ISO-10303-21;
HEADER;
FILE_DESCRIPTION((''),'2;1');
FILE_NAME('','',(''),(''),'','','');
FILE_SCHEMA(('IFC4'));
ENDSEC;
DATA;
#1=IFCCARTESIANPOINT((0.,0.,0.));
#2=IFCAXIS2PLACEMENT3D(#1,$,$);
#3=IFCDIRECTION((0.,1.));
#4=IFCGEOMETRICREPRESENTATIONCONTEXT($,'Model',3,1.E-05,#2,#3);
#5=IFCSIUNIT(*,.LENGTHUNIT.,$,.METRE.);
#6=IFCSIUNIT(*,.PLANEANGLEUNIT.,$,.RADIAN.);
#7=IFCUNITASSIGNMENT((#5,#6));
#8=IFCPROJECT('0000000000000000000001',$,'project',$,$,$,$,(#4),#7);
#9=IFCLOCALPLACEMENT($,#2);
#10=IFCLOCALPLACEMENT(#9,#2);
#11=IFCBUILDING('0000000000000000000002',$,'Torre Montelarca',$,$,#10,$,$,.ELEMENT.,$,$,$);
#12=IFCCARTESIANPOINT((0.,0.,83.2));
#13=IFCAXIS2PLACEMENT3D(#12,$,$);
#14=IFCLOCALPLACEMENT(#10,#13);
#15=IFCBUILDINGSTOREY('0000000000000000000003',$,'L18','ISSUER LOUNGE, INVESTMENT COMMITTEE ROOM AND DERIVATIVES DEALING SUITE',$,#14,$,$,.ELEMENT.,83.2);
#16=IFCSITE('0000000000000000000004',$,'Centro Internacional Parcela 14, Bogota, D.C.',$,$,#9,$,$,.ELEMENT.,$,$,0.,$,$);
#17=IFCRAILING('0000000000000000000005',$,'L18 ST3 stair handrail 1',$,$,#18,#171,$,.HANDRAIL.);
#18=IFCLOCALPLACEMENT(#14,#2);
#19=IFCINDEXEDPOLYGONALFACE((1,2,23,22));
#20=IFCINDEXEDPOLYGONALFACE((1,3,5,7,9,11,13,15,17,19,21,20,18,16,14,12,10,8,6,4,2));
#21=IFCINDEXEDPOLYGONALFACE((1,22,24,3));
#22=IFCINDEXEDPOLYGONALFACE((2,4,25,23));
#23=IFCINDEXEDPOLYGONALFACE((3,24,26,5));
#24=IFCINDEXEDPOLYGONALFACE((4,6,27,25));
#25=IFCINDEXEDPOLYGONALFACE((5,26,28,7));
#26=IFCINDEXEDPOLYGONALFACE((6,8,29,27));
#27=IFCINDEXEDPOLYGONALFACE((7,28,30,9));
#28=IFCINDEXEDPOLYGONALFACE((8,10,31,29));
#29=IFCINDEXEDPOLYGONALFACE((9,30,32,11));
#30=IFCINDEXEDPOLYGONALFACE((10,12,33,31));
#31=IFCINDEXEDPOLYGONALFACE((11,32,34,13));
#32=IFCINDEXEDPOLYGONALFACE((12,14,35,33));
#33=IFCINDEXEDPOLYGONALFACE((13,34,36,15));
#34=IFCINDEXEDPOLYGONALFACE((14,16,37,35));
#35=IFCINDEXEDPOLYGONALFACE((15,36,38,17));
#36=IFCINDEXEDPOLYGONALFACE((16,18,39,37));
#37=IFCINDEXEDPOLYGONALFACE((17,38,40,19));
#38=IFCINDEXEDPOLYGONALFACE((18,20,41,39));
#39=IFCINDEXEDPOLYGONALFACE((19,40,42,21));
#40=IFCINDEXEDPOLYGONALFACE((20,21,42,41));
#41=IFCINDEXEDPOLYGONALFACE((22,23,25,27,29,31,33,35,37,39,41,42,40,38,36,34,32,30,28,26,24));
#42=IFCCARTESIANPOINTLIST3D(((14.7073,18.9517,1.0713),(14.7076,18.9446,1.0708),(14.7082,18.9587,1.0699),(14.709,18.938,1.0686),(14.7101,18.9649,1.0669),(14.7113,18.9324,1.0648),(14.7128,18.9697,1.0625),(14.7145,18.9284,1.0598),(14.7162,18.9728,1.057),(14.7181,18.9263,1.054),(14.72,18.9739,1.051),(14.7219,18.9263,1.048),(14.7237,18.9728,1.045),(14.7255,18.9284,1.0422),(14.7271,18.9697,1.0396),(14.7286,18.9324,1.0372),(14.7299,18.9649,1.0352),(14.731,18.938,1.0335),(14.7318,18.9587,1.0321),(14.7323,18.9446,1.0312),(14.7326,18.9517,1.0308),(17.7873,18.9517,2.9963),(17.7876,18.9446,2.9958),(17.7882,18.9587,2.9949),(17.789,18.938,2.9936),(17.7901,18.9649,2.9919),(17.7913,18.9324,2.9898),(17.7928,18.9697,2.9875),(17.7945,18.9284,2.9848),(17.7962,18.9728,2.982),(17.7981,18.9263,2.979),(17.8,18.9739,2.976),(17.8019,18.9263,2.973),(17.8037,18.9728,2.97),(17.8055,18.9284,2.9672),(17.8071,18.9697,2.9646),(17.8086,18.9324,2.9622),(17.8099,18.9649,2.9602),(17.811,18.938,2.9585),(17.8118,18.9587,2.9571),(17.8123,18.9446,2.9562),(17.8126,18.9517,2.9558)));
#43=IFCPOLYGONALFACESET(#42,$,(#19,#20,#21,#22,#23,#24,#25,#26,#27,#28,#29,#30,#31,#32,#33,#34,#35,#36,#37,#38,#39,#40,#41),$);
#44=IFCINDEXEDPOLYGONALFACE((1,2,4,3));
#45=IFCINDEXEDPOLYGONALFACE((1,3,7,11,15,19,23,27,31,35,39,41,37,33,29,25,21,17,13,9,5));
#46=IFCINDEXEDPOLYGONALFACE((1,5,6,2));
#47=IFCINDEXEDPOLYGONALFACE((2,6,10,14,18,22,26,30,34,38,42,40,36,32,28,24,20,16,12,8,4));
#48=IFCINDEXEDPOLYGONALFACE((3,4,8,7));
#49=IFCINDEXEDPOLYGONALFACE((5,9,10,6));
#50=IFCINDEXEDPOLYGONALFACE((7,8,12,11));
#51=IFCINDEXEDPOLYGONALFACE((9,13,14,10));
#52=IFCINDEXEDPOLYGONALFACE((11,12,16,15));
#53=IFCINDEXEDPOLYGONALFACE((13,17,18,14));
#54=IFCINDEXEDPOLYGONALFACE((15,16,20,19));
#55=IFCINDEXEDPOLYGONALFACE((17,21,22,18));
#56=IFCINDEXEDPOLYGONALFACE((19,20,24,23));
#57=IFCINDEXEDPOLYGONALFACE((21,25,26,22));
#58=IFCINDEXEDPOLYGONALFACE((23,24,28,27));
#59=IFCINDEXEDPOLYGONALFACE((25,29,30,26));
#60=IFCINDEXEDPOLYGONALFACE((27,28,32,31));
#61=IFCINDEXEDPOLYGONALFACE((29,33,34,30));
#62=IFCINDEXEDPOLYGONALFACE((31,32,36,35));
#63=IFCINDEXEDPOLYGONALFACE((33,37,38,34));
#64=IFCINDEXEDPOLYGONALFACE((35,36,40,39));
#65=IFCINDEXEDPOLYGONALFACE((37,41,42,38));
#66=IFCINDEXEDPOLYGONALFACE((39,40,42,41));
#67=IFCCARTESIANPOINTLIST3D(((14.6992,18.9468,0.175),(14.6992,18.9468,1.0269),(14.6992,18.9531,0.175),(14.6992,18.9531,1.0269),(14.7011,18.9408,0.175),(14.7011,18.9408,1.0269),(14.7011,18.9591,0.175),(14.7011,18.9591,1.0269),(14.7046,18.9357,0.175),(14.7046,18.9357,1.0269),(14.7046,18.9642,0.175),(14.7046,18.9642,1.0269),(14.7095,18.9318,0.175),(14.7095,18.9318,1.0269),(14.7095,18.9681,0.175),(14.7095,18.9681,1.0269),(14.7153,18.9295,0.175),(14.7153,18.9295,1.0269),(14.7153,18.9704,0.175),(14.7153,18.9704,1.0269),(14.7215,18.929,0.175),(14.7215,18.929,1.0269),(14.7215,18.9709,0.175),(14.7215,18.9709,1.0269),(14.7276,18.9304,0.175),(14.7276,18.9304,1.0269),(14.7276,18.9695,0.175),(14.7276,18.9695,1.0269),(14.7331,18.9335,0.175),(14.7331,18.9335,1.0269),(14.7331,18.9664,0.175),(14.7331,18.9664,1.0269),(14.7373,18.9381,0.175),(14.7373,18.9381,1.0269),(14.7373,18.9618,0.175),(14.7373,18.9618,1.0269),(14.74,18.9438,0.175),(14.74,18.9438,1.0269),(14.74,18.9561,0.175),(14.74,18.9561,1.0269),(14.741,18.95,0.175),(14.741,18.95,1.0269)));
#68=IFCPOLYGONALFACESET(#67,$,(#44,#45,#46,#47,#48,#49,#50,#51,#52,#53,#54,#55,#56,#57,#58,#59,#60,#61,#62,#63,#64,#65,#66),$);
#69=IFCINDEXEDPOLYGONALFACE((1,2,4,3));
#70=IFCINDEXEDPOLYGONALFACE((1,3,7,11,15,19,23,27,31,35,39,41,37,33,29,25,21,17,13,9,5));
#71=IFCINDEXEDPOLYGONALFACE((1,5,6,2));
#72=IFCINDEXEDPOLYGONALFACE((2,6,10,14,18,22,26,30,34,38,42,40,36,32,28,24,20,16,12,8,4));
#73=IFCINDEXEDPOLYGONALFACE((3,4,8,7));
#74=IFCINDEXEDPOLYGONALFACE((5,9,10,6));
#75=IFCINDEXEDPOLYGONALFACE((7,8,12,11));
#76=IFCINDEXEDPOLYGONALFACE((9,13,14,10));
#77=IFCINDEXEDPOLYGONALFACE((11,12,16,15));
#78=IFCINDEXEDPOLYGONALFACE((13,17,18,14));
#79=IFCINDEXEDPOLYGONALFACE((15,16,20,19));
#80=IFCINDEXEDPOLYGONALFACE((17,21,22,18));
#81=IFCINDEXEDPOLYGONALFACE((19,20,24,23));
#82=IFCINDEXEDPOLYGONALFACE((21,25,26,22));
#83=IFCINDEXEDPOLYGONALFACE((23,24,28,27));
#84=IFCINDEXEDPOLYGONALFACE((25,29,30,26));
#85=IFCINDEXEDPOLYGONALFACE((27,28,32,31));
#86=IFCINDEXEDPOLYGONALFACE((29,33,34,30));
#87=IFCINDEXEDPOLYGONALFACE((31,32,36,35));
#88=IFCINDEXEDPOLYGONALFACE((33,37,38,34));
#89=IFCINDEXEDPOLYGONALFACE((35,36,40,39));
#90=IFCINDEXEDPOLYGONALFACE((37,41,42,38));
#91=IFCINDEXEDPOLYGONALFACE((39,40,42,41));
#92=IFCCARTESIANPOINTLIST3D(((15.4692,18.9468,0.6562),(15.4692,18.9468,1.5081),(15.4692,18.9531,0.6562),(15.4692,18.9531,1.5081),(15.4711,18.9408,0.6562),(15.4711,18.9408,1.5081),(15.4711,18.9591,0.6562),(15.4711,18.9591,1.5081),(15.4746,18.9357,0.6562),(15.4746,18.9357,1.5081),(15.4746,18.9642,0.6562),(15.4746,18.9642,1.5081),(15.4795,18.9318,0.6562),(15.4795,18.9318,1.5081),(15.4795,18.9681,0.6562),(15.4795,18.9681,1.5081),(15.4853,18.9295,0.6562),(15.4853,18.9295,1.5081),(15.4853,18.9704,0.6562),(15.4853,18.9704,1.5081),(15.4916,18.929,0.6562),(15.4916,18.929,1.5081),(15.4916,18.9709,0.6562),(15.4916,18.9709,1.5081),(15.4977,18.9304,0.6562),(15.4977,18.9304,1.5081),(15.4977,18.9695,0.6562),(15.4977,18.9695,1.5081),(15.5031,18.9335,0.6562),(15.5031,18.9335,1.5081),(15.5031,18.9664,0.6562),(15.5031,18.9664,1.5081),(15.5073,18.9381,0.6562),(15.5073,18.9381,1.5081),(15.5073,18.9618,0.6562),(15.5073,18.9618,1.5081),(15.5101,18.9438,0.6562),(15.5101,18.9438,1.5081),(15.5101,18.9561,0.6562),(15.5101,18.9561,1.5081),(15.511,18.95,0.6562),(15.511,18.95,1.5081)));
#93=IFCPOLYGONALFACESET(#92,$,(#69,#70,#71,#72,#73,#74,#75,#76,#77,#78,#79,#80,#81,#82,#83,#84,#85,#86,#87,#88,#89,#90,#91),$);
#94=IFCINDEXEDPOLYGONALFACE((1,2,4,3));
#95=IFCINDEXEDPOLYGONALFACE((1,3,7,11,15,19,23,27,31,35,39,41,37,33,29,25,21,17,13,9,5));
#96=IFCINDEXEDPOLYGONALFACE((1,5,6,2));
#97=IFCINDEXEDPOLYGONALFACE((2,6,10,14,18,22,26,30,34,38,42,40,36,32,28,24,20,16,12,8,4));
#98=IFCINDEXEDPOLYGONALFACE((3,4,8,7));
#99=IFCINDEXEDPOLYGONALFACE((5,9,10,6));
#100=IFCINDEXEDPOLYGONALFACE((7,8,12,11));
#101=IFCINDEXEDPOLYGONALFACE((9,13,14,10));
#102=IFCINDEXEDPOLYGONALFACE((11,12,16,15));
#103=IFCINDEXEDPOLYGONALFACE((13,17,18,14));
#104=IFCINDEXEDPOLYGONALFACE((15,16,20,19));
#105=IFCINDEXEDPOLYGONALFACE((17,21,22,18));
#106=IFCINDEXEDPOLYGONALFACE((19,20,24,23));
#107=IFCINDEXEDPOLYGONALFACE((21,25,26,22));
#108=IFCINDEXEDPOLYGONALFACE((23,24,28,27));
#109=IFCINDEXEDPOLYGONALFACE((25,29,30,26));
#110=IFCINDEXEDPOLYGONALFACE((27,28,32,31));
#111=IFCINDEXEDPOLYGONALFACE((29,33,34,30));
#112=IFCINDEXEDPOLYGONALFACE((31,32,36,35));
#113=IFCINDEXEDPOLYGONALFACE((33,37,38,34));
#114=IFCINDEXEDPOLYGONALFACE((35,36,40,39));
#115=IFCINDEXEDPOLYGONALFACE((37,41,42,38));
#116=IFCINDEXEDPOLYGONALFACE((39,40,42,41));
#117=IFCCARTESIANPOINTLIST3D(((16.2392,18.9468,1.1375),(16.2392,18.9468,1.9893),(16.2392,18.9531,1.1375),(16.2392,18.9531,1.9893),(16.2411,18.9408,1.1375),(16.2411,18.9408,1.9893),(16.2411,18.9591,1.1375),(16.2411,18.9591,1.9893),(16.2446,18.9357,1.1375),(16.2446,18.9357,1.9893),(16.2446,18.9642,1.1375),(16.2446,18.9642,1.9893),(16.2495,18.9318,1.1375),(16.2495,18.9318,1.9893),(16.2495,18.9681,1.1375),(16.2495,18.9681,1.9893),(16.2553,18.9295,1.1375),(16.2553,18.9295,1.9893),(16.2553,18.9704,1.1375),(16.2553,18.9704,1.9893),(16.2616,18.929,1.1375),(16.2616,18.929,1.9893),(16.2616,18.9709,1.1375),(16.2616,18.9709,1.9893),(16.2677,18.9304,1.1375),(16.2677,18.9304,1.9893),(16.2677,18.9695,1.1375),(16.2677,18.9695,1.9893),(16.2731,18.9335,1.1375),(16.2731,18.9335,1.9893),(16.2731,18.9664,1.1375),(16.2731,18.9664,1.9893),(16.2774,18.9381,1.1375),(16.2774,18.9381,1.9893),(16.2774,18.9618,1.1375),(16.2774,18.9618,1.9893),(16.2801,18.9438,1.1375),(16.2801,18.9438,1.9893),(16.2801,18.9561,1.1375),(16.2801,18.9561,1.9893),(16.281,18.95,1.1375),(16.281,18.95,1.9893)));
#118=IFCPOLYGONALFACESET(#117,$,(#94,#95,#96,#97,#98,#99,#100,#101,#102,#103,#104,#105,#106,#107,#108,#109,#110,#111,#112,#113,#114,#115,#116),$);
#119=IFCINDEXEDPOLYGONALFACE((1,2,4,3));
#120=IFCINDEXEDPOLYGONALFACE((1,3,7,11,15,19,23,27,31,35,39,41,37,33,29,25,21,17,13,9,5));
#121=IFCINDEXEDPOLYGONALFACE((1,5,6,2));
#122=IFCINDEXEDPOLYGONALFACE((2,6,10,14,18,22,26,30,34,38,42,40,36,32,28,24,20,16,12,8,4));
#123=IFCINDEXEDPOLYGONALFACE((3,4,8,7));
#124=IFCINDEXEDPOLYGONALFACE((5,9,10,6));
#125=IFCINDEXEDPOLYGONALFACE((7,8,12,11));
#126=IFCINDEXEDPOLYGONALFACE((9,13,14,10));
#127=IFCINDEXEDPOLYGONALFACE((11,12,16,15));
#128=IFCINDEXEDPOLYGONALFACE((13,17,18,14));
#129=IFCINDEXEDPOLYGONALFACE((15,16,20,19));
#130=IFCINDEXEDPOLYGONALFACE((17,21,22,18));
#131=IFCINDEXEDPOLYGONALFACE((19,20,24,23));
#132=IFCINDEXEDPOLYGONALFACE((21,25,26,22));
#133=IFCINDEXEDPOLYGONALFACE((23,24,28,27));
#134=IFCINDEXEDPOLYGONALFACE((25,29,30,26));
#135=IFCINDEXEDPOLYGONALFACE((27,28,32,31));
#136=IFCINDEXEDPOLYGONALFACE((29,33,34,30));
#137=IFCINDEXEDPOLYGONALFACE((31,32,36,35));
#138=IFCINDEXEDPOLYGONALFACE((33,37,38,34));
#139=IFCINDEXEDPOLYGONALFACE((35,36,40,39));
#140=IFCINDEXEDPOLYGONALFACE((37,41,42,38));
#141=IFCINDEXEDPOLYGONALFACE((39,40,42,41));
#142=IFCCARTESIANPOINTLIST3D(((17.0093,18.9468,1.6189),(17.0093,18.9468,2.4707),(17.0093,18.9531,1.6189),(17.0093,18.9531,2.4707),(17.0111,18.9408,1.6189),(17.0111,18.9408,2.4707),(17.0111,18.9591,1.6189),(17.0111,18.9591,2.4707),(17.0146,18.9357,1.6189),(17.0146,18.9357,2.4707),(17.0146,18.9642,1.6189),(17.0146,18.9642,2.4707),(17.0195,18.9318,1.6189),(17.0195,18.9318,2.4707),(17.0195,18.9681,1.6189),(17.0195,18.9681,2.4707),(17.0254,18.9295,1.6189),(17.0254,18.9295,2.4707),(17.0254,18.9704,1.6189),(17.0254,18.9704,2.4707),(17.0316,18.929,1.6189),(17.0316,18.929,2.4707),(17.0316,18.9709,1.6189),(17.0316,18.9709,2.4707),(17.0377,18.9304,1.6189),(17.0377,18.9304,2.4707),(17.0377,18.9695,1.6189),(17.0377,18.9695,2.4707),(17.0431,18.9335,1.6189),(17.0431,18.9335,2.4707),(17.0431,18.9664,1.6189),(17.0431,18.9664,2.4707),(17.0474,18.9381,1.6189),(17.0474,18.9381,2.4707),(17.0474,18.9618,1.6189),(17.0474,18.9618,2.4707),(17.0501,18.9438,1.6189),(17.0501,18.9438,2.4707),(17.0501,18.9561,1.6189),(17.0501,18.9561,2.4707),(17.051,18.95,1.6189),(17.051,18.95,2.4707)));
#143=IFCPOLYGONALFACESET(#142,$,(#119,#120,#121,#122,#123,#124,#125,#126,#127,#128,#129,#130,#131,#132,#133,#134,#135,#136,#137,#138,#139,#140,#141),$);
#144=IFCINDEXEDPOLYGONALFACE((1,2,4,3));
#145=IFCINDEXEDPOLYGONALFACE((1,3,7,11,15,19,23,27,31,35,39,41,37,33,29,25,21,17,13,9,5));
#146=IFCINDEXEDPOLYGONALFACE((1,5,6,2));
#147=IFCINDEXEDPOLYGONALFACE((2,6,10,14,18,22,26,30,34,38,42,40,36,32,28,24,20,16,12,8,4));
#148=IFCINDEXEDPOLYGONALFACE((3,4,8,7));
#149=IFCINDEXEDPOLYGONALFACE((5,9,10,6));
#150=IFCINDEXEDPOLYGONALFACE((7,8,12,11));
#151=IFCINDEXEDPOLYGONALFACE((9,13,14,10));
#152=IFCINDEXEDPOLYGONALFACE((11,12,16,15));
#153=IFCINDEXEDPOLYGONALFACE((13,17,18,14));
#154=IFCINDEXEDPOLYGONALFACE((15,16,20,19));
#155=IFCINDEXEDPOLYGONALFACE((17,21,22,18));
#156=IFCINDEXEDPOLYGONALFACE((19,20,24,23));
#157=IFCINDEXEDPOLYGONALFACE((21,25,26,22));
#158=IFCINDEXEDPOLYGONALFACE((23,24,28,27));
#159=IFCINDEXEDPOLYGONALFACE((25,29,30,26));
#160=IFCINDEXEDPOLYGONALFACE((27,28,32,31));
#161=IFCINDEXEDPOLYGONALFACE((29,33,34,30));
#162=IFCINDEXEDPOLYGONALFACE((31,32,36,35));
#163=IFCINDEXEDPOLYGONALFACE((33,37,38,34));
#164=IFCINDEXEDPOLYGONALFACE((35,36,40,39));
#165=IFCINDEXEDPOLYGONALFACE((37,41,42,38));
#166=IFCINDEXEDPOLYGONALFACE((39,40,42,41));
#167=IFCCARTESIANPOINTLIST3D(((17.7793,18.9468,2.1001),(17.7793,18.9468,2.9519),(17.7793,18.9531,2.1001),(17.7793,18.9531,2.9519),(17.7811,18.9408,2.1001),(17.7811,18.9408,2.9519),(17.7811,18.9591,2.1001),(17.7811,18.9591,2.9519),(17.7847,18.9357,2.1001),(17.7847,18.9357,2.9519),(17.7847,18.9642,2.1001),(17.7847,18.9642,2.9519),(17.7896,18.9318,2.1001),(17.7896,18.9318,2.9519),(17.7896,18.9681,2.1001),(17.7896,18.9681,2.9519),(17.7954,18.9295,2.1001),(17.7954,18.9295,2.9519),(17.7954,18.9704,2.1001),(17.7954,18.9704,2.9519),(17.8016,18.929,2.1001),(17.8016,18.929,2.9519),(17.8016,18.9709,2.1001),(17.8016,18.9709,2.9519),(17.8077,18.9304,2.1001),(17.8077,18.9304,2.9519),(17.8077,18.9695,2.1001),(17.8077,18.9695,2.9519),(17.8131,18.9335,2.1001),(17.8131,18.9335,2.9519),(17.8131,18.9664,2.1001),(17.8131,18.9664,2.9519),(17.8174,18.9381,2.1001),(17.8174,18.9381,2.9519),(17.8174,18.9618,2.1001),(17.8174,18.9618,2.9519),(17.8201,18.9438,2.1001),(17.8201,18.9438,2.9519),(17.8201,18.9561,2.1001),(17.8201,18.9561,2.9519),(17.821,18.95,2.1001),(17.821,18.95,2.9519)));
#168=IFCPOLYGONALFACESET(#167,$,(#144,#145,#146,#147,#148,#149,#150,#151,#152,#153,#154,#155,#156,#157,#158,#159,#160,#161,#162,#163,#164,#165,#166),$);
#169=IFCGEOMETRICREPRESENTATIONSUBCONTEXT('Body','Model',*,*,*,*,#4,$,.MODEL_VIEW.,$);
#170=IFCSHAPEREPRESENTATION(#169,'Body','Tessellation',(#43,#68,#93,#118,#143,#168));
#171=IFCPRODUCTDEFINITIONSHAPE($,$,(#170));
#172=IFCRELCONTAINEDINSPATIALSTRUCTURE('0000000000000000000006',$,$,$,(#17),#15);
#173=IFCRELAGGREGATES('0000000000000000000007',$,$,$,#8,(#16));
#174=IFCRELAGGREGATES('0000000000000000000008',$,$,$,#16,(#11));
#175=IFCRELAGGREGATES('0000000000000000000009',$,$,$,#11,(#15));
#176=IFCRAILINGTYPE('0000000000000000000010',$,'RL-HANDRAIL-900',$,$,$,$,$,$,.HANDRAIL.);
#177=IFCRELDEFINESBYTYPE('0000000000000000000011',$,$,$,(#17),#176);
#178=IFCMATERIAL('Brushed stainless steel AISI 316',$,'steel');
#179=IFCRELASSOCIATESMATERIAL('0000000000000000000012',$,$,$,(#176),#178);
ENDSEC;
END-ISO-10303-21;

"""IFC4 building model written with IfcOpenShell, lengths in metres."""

from ifc_helpers import new_model, si_unit, direction, frame, origin, origin_2d, place, context, subcontext, project, spatial, circle, extrude, material, type_object, element, save


model = new_model("IFC4")

# Units and contexts
model_context = context("Model", 3, precision=1e-05, world=origin(), true_north=direction((0.0, 1.0)))
body_context = subcontext(model_context, "Body", "Model", "MODEL_VIEW")
ifc_project = project(units=[si_unit("LENGTHUNIT", "METRE"), si_unit("PLANEANGLEUNIT", "RADIAN")], contexts=[model_context])

# Site, building, storey
site_placement = place(None, origin())
site = spatial("IfcSite", under=ifc_project, at=site_placement, Name="Centro Internacional Parcela 14, Bogota, D.C.", CompositionType="ELEMENT", RefElevation=0.0)
building_placement = place(site_placement, origin())
building = spatial("IfcBuilding", under=site, at=building_placement, Name="Torre Montelarca", CompositionType="ELEMENT")
storey_placement = place(building_placement, frame((0.0, 0.0, 83.2)))
storey = spatial("IfcBuildingStorey", under=building, at=storey_placement, Name="L18", Description="ISSUER LOUNGE, INVESTMENT COMMITTEE ROOM AND DERIVATIVES DEALING SUITE", CompositionType="ELEMENT", Elevation=83.2)

# Railing
ifc_material_1 = material(Name="Brushed stainless steel AISI 316", Category="steel")
railing_type_1 = type_object("IfcRailingType", Name="RL-HANDRAIL-900", PredefinedType="HANDRAIL", material=ifc_material_1)
railing_1_placement = place(storey_placement, frame((14.72, 18.95, 0.175)))
element("IfcRailing", 1, at=railing_1_placement, inside=storey, type_object=railing_type_1, Name="L18 ST3 stair handrail 1", PredefinedType="HANDRAIL", context=body_context, shape_type="SweptSolid", body=[
    extrude(circle(Radius=0.0239, at=origin_2d()), frame((0.0, 0.0, 0.876), z_axis=(0.847998, 0.0, 0.529999), x_axis=(0.0, 1.0, 0.0)), (0.0, 0.0, 1.0), 3.6321),
    extrude(circle(Radius=0.021, at=origin_2d()), origin(), (0.0, 0.0, 1.0), 0.8518),
    extrude(circle(Radius=0.021, at=origin_2d()), frame((0.77, 0.0, 0.4812)), (0.0, 0.0, 1.0), 0.8518),
    extrude(circle(Radius=0.021, at=origin_2d()), frame((1.54, 0.0, 0.9624)), (0.0, 0.0, 1.0), 0.8518),
    extrude(circle(Radius=0.021, at=origin_2d()), frame((2.3101, 0.0, 1.4438)), (0.0, 0.0, 1.0), 0.8518),
    extrude(circle(Radius=0.021, at=origin_2d()), frame((3.0801, 0.0, 1.925)), (0.0, 0.0, 1.0), 0.8518),
])

save(model, "model.ifc")
